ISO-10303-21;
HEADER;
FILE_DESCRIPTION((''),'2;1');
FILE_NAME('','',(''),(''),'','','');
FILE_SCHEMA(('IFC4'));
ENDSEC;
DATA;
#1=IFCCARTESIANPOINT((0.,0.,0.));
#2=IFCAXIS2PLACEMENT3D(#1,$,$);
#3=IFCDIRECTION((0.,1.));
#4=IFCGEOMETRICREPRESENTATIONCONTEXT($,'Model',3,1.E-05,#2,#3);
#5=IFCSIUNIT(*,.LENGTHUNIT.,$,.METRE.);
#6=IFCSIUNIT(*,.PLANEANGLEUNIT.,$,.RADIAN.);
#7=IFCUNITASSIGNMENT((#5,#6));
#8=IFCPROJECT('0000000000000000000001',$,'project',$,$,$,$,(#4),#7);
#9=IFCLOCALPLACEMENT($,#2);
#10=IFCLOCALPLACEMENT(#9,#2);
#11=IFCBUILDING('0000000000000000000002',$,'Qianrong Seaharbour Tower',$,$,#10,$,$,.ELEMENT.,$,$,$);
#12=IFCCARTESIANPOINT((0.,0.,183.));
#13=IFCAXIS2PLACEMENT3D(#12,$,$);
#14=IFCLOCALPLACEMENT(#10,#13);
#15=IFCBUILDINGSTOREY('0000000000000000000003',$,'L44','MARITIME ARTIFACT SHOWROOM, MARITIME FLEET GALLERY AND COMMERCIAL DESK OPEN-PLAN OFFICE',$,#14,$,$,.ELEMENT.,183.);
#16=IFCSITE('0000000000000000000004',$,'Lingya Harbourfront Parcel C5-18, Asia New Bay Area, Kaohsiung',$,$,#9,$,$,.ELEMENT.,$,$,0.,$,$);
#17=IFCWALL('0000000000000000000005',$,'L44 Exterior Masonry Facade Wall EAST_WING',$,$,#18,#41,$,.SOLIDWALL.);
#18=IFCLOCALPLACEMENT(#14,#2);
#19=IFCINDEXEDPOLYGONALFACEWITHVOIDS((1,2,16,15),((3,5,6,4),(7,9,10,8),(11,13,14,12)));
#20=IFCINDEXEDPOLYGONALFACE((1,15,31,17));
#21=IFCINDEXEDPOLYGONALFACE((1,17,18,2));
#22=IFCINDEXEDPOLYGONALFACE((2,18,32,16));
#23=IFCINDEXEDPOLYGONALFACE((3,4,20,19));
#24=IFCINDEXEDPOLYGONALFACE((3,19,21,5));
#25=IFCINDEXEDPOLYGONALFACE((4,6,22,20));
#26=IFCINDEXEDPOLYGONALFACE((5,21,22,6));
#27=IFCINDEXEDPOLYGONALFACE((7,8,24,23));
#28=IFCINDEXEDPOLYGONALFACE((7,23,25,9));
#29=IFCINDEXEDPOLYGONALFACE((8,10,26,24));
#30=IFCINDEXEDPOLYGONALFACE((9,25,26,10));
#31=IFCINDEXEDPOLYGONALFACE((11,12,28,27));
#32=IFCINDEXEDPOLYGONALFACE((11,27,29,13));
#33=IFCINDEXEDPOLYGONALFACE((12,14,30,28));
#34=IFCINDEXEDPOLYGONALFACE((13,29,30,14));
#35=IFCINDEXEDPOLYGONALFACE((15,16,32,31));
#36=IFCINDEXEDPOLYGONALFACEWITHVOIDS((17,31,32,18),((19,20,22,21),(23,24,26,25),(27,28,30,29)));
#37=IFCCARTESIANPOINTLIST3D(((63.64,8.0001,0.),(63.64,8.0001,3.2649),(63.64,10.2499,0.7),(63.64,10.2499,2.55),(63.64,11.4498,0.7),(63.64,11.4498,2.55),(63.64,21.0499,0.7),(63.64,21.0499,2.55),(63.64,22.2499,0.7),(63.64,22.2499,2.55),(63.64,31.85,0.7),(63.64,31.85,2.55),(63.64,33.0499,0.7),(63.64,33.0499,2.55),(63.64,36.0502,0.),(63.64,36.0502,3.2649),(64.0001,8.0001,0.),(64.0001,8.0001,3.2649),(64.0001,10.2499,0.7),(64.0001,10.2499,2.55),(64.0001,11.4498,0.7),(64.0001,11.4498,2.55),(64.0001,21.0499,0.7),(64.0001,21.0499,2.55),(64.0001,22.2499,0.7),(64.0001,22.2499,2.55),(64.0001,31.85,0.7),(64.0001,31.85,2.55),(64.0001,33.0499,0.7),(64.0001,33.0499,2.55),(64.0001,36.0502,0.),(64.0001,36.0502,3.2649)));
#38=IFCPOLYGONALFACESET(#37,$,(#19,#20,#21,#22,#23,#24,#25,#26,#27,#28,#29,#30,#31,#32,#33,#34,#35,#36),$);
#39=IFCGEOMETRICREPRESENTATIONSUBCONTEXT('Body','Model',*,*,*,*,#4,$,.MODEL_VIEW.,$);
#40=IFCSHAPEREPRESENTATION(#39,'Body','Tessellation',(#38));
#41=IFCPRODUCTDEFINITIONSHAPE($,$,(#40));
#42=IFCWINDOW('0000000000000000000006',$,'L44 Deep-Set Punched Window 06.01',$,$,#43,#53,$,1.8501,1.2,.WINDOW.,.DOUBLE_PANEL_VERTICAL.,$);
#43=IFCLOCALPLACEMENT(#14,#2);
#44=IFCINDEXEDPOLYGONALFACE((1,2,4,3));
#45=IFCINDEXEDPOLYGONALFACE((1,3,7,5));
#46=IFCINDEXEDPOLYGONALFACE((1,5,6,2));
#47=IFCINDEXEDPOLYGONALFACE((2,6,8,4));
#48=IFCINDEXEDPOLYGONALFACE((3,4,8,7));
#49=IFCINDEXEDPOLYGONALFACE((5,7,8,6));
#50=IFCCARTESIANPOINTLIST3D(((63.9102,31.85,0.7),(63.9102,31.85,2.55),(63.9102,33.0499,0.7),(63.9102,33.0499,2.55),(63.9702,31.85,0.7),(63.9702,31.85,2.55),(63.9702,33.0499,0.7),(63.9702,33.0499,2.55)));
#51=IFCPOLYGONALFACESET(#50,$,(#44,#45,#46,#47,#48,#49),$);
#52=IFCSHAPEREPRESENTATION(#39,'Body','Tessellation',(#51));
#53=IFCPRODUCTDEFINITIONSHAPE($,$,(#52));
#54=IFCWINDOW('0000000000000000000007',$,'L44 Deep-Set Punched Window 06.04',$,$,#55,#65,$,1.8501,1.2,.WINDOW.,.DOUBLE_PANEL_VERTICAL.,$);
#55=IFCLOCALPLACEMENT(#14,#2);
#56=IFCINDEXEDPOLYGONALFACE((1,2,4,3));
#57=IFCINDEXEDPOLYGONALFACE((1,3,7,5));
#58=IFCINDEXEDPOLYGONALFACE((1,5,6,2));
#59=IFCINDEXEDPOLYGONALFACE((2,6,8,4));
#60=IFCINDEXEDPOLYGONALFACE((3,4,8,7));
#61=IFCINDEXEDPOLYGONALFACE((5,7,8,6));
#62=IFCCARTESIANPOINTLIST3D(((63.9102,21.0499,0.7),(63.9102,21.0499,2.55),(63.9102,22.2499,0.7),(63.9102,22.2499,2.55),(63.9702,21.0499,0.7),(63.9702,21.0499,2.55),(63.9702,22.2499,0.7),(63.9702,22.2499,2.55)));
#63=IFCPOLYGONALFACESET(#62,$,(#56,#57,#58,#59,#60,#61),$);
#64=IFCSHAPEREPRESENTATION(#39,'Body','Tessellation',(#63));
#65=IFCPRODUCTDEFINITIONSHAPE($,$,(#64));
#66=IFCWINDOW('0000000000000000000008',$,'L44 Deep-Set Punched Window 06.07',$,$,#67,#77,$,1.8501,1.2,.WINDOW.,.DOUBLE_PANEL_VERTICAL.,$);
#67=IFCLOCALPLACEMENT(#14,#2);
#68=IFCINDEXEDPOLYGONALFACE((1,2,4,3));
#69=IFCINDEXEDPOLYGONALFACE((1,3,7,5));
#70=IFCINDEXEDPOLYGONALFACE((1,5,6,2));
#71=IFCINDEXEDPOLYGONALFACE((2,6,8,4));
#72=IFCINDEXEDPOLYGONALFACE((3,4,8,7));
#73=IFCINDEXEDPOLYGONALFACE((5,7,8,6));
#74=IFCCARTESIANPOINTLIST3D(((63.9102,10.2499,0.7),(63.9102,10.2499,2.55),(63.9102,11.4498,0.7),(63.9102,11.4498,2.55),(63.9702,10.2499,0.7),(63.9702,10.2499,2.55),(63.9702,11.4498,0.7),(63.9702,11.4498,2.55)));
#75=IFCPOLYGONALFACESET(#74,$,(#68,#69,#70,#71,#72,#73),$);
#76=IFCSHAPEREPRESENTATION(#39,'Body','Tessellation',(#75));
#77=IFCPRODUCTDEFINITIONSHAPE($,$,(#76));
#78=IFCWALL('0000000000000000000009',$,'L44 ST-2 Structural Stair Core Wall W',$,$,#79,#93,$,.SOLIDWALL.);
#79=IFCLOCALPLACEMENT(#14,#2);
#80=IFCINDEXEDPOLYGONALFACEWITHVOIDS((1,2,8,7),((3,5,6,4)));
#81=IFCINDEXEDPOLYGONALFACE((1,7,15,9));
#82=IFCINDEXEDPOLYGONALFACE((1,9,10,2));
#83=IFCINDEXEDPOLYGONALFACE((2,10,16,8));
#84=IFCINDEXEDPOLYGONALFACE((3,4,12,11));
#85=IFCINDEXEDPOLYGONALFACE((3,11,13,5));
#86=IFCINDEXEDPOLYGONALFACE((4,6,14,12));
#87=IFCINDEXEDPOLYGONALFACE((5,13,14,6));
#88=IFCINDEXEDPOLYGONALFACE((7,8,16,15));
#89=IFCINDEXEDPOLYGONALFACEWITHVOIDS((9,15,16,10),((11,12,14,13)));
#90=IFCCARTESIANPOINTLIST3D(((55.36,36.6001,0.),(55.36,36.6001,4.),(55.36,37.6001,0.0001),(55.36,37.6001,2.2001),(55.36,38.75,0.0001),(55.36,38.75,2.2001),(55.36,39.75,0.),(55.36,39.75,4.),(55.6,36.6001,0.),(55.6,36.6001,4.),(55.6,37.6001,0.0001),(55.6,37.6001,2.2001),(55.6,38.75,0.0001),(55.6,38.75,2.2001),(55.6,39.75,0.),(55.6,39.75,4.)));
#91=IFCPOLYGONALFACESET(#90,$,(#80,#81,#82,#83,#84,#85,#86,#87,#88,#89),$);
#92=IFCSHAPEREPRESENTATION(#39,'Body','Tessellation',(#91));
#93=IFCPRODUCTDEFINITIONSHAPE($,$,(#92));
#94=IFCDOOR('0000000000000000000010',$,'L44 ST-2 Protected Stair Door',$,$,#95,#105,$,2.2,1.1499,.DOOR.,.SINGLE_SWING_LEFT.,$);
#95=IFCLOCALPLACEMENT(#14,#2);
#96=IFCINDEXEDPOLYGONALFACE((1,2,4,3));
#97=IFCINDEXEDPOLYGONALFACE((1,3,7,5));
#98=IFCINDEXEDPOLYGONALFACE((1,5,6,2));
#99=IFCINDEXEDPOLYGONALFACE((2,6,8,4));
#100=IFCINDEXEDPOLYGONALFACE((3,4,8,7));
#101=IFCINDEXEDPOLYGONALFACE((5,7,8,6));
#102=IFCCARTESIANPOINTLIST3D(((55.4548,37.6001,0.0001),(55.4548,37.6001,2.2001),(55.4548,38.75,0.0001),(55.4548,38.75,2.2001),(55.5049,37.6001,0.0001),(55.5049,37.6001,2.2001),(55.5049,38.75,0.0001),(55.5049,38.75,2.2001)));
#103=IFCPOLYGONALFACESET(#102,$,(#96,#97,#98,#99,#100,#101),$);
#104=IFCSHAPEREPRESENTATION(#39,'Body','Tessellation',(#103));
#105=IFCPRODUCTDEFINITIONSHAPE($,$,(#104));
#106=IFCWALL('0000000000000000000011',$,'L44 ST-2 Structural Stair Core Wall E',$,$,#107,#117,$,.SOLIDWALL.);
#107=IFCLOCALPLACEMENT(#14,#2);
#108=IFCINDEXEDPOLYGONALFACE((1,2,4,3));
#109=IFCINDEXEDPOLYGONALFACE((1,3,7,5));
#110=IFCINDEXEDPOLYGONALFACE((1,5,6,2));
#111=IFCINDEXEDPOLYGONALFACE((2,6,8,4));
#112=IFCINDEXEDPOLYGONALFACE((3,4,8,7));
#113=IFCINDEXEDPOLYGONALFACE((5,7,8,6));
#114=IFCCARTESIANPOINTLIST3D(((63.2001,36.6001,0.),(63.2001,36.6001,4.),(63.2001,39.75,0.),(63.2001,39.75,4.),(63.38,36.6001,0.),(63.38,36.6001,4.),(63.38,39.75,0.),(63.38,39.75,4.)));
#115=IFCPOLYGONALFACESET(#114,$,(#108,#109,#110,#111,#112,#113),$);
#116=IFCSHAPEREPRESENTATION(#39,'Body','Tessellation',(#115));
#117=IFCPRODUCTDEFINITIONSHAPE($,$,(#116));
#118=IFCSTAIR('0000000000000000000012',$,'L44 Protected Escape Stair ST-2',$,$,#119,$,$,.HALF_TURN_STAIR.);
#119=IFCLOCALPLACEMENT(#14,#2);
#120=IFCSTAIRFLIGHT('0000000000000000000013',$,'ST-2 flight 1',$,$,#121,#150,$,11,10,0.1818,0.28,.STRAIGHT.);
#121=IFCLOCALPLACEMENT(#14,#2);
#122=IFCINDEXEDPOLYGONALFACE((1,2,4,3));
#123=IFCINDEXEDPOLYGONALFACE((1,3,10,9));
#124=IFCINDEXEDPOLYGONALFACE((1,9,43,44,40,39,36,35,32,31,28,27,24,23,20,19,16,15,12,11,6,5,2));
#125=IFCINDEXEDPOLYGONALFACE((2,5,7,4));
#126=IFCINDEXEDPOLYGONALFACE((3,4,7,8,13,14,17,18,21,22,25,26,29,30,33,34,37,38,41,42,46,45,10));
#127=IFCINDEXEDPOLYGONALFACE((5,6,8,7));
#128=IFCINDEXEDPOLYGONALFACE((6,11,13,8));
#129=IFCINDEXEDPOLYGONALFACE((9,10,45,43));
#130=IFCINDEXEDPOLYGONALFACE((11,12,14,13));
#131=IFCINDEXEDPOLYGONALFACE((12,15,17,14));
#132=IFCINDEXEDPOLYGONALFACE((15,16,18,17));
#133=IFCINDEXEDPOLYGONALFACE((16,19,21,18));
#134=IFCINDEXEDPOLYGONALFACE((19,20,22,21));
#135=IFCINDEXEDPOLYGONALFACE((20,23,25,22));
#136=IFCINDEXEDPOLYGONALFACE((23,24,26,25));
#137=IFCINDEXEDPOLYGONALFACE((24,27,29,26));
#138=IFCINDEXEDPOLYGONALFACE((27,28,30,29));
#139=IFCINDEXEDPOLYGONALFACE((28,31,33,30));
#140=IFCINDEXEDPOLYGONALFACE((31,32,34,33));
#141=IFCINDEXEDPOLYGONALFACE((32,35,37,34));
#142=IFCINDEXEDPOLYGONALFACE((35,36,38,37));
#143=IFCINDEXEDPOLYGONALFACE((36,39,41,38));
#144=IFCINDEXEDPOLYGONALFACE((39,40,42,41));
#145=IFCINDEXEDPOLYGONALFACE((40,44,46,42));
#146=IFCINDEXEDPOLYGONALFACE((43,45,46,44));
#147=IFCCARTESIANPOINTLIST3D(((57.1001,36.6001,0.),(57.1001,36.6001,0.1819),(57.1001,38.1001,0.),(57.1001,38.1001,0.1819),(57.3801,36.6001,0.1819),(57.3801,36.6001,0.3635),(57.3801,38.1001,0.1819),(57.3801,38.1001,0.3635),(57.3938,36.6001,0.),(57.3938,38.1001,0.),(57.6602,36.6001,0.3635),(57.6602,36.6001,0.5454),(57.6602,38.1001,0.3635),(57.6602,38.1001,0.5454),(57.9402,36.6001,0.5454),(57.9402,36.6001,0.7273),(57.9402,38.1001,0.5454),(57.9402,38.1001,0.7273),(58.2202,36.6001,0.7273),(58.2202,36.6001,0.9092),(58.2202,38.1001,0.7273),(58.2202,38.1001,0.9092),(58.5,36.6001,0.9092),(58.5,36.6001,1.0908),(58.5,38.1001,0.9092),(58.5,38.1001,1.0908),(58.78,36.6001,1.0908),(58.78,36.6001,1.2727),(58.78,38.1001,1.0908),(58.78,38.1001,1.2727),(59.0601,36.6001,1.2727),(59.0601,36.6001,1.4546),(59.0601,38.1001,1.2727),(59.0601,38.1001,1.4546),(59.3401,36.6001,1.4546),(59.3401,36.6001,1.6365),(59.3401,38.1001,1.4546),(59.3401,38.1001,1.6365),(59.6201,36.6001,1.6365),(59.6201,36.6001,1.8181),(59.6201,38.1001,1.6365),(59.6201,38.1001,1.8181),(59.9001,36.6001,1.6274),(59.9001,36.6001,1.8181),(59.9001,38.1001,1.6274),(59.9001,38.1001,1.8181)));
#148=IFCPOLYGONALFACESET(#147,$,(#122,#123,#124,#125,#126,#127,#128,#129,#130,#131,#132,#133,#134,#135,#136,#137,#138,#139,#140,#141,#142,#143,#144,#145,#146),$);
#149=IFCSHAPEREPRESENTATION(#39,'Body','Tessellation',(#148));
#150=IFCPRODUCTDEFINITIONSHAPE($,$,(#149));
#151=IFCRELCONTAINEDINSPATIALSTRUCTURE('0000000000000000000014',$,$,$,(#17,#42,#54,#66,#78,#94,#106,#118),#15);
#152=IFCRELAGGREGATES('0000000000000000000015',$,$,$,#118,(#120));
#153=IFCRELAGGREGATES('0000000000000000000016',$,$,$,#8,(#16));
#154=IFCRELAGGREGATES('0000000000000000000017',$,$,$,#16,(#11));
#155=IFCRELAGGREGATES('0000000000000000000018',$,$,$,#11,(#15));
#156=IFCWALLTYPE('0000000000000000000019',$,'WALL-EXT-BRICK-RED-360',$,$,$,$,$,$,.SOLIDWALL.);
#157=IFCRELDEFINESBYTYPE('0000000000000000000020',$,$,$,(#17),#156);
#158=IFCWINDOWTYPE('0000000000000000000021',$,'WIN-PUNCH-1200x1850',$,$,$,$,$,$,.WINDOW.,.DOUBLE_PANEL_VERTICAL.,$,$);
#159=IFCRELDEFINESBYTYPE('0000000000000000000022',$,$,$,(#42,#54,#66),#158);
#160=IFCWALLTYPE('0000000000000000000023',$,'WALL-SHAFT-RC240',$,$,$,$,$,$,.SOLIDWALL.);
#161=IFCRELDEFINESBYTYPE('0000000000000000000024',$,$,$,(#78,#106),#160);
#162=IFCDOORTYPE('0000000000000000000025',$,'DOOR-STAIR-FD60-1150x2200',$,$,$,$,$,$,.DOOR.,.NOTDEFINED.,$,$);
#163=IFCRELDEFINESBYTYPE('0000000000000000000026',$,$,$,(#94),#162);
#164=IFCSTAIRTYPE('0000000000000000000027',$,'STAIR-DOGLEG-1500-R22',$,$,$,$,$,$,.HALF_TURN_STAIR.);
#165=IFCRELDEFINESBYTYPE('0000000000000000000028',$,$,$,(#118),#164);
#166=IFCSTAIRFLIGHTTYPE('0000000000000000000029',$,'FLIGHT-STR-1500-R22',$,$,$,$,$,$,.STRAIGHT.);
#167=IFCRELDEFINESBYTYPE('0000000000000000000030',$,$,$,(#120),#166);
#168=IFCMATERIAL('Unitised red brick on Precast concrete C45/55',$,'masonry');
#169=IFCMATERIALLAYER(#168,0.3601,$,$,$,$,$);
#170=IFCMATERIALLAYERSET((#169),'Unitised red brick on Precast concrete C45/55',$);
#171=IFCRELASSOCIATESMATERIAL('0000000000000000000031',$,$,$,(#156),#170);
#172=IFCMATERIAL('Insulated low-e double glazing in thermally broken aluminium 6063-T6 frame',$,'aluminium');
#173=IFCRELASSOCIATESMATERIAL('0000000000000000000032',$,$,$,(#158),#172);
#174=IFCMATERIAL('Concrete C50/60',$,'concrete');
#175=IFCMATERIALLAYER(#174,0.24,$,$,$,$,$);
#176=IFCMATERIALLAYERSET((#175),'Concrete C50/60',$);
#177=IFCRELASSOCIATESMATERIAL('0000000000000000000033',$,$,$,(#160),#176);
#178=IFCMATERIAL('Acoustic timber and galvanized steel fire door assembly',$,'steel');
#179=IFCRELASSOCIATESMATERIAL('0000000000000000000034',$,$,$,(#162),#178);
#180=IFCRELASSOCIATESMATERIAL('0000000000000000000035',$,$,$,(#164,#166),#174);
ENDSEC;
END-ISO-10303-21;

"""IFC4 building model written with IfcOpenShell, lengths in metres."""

from ifc_helpers import new_model, si_unit, direction, frame, frame_2d, origin, place, context, subcontext, project, spatial, polyline, rectangle, outline, extrude, material, layer, layer_set, type_object, element, fill, aggregate, save


model = new_model("IFC4")

# Units and contexts
model_context = context("Model", 3, precision=1e-05, world=origin(), true_north=direction((0.0, 1.0)))
body_context = subcontext(model_context, "Body", "Model", "MODEL_VIEW")
ifc_project = project(units=[si_unit("LENGTHUNIT", "METRE"), si_unit("PLANEANGLEUNIT", "RADIAN")], contexts=[model_context])

# Site, building, storey
site_placement = place(None, origin())
site = spatial("IfcSite", under=ifc_project, at=site_placement, Name="Lingya Harbourfront Parcel C5-18, Asia New Bay Area, Kaohsiung", CompositionType="ELEMENT", RefElevation=0.0)
building_placement = place(site_placement, origin())
building = spatial("IfcBuilding", under=site, at=building_placement, Name="Qianrong Seaharbour Tower", CompositionType="ELEMENT")
storey_placement = place(building_placement, frame((0.0, 0.0, 183.0)))
storey = spatial("IfcBuildingStorey", under=building, at=storey_placement, Name="L44", Description="MARITIME ARTIFACT SHOWROOM, MARITIME FLEET GALLERY AND COMMERCIAL DESK OPEN-PLAN OFFICE", CompositionType="ELEMENT", Elevation=183.0)

# Wall, openings, windows
ifc_material_1 = material(Name="Unitised red brick on Precast concrete C45/55", Category="masonry")
ifc_layer_1 = layer(ifc_material_1, 0.3601)
ifc_layer_set_1 = layer_set([ifc_layer_1], Name="Unitised red brick on Precast concrete C45/55")
wall_type_1 = type_object("IfcWallType", Name="WALL-EXT-BRICK-RED-360", PredefinedType="SOLIDWALL", material=ifc_layer_set_1)
wall_1_placement = place(storey_placement, frame((63.8201, 36.05, 0.0), z_axis=(0.0, 0.0, 1.0), x_axis=(0.0, -1.0, 0.0)))
wall_1 = element("IfcWall", 1, at=wall_1_placement, inside=storey, type_object=wall_type_1, Name="L44 Exterior Masonry Facade Wall EAST_WING", PredefinedType="SOLIDWALL", context=body_context, shape_type="SweptSolid", body=[
    extrude(rectangle(XDim=28.05, YDim=0.3601, at=frame_2d((14.0249, 0.0))), origin(), (0.0, 0.0, 1.0), 3.2649),
])
opening_1_placement = place(wall_1_placement, frame((3.0, 0.0, 0.7)))
opening_1 = element("IfcOpeningElement", 2, at=opening_1_placement, cuts=wall_1, PredefinedType="OPENING", context=body_context, shape_type="SweptSolid", body=[
    extrude(rectangle(XDim=1.2, YDim=1.8501, at=frame_2d((0.6001, 0.925))), frame((0.0, 0.1899, 0.0), z_axis=(0.0, -1.0, 0.0), x_axis=(1.0, 0.0, 0.0)), (0.0, 0.0, 1.0), 0.3801),
])
opening_2_placement = place(wall_1_placement, frame((13.8, 0.0, 0.7)))
opening_2 = element("IfcOpeningElement", 3, at=opening_2_placement, cuts=wall_1, PredefinedType="OPENING", context=body_context, shape_type="SweptSolid", body=[
    extrude(rectangle(XDim=1.2, YDim=1.8501, at=frame_2d((0.6001, 0.925))), frame((0.0, 0.1899, 0.0), z_axis=(0.0, -1.0, 0.0), x_axis=(1.0, 0.0, 0.0)), (0.0, 0.0, 1.0), 0.3801),
])
opening_3_placement = place(wall_1_placement, frame((24.6001, 0.0, 0.7)))
opening_3 = element("IfcOpeningElement", 4, at=opening_3_placement, cuts=wall_1, PredefinedType="OPENING", context=body_context, shape_type="SweptSolid", body=[
    extrude(rectangle(XDim=1.2, YDim=1.8501, at=frame_2d((0.6001, 0.925))), frame((0.0, 0.1899, 0.0), z_axis=(0.0, -1.0, 0.0), x_axis=(1.0, 0.0, 0.0)), (0.0, 0.0, 1.0), 0.3801),
])
ifc_material_2 = material(Name="Insulated low-e double glazing in thermally broken aluminium 6063-T6 frame", Category="aluminium")
window_type = type_object("IfcWindowType", Name="WIN-PUNCH-1200x1850", PartitioningType="DOUBLE_PANEL_VERTICAL", PredefinedType="WINDOW", material=ifc_material_2)
window_1_placement = place(opening_1_placement, origin())
window_1 = element("IfcWindow", 5, at=window_1_placement, inside=storey, type_object=window_type, Name="L44 Deep-Set Punched Window 06.01", OverallHeight=1.8501, OverallWidth=1.2, PartitioningType="DOUBLE_PANEL_VERTICAL", PredefinedType="WINDOW", context=body_context, shape_type="SweptSolid", body=[
    extrude(rectangle(XDim=1.2, YDim=1.8501, at=frame_2d((0.6001, 0.925))), frame((0.0, 0.1501, 0.0), z_axis=(0.0, -1.0, 0.0), x_axis=(1.0, 0.0, 0.0)), (0.0, 0.0, 1.0), 0.0601),
])
fill(opening_1, window_1)
window_2_placement = place(opening_2_placement, origin())
window_2 = element("IfcWindow", 6, at=window_2_placement, inside=storey, type_object=window_type, Name="L44 Deep-Set Punched Window 06.04", OverallHeight=1.8501, OverallWidth=1.2, PartitioningType="DOUBLE_PANEL_VERTICAL", PredefinedType="WINDOW", context=body_context, shape_type="SweptSolid", body=[
    extrude(rectangle(XDim=1.2, YDim=1.8501, at=frame_2d((0.6001, 0.925))), frame((0.0, 0.1501, 0.0), z_axis=(0.0, -1.0, 0.0), x_axis=(1.0, 0.0, 0.0)), (0.0, 0.0, 1.0), 0.0601),
])
fill(opening_2, window_2)
window_3_placement = place(opening_3_placement, origin())
window_3 = element("IfcWindow", 7, at=window_3_placement, inside=storey, type_object=window_type, Name="L44 Deep-Set Punched Window 06.07", OverallHeight=1.8501, OverallWidth=1.2, PartitioningType="DOUBLE_PANEL_VERTICAL", PredefinedType="WINDOW", context=body_context, shape_type="SweptSolid", body=[
    extrude(rectangle(XDim=1.2, YDim=1.8501, at=frame_2d((0.6001, 0.925))), frame((0.0, 0.1501, 0.0), z_axis=(0.0, -1.0, 0.0), x_axis=(1.0, 0.0, 0.0)), (0.0, 0.0, 1.0), 0.0601),
])
fill(opening_3, window_3)

# Wall, opening, door
ifc_material_3 = material(Name="Concrete C50/60", Category="concrete")
ifc_layer_2 = layer(ifc_material_3, 0.24)
ifc_layer_set_2 = layer_set([ifc_layer_2], Name="Concrete C50/60")
wall_type_2 = type_object("IfcWallType", Name="WALL-SHAFT-RC240", PredefinedType="SOLIDWALL", material=ifc_layer_set_2)
wall_2_placement = place(storey_placement, frame((55.48, 39.75, 0.0), z_axis=(0.0, 0.0, 1.0), x_axis=(0.0, -1.0, 0.0)))
wall_2 = element("IfcWall", 8, at=wall_2_placement, inside=storey, type_object=wall_type_2, Name="L44 ST-2 Structural Stair Core Wall W", PredefinedType="SOLIDWALL", context=body_context, shape_type="SweptSolid", body=[
    extrude(rectangle(XDim=3.1499, YDim=0.24, at=frame_2d((1.575, 0.0))), origin(), (0.0, 0.0, 1.0), 4.0),
])
opening_4_placement = place(wall_2_placement, frame((1.0, 0.0, 0.0)))
opening_4 = element("IfcOpeningElement", 9, at=opening_4_placement, cuts=wall_2, PredefinedType="OPENING", context=body_context, shape_type="SweptSolid", body=[
    extrude(rectangle(XDim=1.1499, YDim=2.2, at=frame_2d((0.575, 1.1001))), frame((0.0, 0.1299, 0.0), z_axis=(0.0, -1.0, 0.0), x_axis=(1.0, 0.0, 0.0)), (0.0, 0.0, 1.0), 0.26),
])
ifc_material_4 = material(Name="Acoustic timber and galvanized steel fire door assembly", Category="steel")
door_type = type_object("IfcDoorType", Name="DOOR-STAIR-FD60-1150x2200", OperationType="NOTDEFINED", PredefinedType="DOOR", material=ifc_material_4)
door_placement = place(opening_4_placement, origin())
door = element("IfcDoor", 10, at=door_placement, inside=storey, type_object=door_type, Name="L44 ST-2 Protected Stair Door", OperationType="SINGLE_SWING_LEFT", OverallHeight=2.2, OverallWidth=1.1499, PredefinedType="DOOR", context=body_context, shape_type="SweptSolid", body=[
    extrude(rectangle(XDim=1.1499, YDim=2.2, at=frame_2d((0.575, 1.1001))), frame((0.0, 0.0249, 0.0), z_axis=(0.0, -1.0, 0.0), x_axis=(1.0, 0.0, 0.0)), (0.0, 0.0, 1.0), 0.05),
])
fill(opening_4, door)

# Wall
wall_3_placement = place(storey_placement, frame((63.29, 36.6001, 0.0), z_axis=(0.0, 0.0, 1.0), x_axis=(0.0, 1.0, 0.0)))
element("IfcWall", 11, at=wall_3_placement, inside=storey, type_object=wall_type_2, Name="L44 ST-2 Structural Stair Core Wall E", PredefinedType="SOLIDWALL", context=body_context, shape_type="SweptSolid", body=[
    extrude(rectangle(XDim=3.1499, YDim=0.1799, at=frame_2d((1.575, 0.0))), origin(), (0.0, 0.0, 1.0), 4.0),
])

# Stair, stair flight
stair_type = type_object("IfcStairType", Name="STAIR-DOGLEG-1500-R22", PredefinedType="HALF_TURN_STAIR", material=ifc_material_3)
stair_placement = place(storey_placement, origin())
stair = element("IfcStair", 12, at=stair_placement, inside=storey, type_object=stair_type, Name="L44 Protected Escape Stair ST-2", PredefinedType="HALF_TURN_STAIR")
stair_flight_type = type_object("IfcStairFlightType", Name="FLIGHT-STR-1500-R22", PredefinedType="STRAIGHT", material=ifc_material_3)
stair_flight_1_placement = place(storey_placement, frame((57.1001, 37.3501, 0.0), z_axis=(0.0, 0.0, 1.0), x_axis=(1.0, 0.0, 0.0)))
stair_flight_1 = element("IfcStairFlight", 13, at=stair_flight_1_placement, type_object=stair_flight_type, Name="ST-2 flight 1", NumberOfRisers=11, NumberOfTreads=10, PredefinedType="STRAIGHT", RiserHeight=0.1818, TreadLength=0.28, context=body_context, shape_type="SweptSolid", body=[
    extrude(outline(polyline([(0.0, 0.0), (0.0, 0.1819), (0.28, 0.1819), (0.28, 0.3635), (0.5601, 0.3635), (0.5601, 0.5454), (0.8401, 0.5454), (0.8401, 0.7273), (1.1201, 0.7273), (1.1201, 0.9092), (1.3999, 0.9092), (1.3999, 1.0908), (1.6799, 1.0908), (1.6799, 1.2727), (1.96, 1.2727), (1.96, 1.4546), (2.24, 1.4546), (2.24, 1.6365), (2.52, 1.6365), (2.52, 1.8181), (2.8, 1.8181), (2.8, 2.0), (2.8, 1.6274), (0.2937, 0.0), (0.0, 0.0)])), frame((0.0, 0.75, 0.0), z_axis=(0.0, -1.0, 0.0), x_axis=(1.0, 0.0, 0.0)), (0.0, 0.0, 1.0), 1.5),
])
aggregate(stair, [stair_flight_1])

save(model, "model.ifc")
